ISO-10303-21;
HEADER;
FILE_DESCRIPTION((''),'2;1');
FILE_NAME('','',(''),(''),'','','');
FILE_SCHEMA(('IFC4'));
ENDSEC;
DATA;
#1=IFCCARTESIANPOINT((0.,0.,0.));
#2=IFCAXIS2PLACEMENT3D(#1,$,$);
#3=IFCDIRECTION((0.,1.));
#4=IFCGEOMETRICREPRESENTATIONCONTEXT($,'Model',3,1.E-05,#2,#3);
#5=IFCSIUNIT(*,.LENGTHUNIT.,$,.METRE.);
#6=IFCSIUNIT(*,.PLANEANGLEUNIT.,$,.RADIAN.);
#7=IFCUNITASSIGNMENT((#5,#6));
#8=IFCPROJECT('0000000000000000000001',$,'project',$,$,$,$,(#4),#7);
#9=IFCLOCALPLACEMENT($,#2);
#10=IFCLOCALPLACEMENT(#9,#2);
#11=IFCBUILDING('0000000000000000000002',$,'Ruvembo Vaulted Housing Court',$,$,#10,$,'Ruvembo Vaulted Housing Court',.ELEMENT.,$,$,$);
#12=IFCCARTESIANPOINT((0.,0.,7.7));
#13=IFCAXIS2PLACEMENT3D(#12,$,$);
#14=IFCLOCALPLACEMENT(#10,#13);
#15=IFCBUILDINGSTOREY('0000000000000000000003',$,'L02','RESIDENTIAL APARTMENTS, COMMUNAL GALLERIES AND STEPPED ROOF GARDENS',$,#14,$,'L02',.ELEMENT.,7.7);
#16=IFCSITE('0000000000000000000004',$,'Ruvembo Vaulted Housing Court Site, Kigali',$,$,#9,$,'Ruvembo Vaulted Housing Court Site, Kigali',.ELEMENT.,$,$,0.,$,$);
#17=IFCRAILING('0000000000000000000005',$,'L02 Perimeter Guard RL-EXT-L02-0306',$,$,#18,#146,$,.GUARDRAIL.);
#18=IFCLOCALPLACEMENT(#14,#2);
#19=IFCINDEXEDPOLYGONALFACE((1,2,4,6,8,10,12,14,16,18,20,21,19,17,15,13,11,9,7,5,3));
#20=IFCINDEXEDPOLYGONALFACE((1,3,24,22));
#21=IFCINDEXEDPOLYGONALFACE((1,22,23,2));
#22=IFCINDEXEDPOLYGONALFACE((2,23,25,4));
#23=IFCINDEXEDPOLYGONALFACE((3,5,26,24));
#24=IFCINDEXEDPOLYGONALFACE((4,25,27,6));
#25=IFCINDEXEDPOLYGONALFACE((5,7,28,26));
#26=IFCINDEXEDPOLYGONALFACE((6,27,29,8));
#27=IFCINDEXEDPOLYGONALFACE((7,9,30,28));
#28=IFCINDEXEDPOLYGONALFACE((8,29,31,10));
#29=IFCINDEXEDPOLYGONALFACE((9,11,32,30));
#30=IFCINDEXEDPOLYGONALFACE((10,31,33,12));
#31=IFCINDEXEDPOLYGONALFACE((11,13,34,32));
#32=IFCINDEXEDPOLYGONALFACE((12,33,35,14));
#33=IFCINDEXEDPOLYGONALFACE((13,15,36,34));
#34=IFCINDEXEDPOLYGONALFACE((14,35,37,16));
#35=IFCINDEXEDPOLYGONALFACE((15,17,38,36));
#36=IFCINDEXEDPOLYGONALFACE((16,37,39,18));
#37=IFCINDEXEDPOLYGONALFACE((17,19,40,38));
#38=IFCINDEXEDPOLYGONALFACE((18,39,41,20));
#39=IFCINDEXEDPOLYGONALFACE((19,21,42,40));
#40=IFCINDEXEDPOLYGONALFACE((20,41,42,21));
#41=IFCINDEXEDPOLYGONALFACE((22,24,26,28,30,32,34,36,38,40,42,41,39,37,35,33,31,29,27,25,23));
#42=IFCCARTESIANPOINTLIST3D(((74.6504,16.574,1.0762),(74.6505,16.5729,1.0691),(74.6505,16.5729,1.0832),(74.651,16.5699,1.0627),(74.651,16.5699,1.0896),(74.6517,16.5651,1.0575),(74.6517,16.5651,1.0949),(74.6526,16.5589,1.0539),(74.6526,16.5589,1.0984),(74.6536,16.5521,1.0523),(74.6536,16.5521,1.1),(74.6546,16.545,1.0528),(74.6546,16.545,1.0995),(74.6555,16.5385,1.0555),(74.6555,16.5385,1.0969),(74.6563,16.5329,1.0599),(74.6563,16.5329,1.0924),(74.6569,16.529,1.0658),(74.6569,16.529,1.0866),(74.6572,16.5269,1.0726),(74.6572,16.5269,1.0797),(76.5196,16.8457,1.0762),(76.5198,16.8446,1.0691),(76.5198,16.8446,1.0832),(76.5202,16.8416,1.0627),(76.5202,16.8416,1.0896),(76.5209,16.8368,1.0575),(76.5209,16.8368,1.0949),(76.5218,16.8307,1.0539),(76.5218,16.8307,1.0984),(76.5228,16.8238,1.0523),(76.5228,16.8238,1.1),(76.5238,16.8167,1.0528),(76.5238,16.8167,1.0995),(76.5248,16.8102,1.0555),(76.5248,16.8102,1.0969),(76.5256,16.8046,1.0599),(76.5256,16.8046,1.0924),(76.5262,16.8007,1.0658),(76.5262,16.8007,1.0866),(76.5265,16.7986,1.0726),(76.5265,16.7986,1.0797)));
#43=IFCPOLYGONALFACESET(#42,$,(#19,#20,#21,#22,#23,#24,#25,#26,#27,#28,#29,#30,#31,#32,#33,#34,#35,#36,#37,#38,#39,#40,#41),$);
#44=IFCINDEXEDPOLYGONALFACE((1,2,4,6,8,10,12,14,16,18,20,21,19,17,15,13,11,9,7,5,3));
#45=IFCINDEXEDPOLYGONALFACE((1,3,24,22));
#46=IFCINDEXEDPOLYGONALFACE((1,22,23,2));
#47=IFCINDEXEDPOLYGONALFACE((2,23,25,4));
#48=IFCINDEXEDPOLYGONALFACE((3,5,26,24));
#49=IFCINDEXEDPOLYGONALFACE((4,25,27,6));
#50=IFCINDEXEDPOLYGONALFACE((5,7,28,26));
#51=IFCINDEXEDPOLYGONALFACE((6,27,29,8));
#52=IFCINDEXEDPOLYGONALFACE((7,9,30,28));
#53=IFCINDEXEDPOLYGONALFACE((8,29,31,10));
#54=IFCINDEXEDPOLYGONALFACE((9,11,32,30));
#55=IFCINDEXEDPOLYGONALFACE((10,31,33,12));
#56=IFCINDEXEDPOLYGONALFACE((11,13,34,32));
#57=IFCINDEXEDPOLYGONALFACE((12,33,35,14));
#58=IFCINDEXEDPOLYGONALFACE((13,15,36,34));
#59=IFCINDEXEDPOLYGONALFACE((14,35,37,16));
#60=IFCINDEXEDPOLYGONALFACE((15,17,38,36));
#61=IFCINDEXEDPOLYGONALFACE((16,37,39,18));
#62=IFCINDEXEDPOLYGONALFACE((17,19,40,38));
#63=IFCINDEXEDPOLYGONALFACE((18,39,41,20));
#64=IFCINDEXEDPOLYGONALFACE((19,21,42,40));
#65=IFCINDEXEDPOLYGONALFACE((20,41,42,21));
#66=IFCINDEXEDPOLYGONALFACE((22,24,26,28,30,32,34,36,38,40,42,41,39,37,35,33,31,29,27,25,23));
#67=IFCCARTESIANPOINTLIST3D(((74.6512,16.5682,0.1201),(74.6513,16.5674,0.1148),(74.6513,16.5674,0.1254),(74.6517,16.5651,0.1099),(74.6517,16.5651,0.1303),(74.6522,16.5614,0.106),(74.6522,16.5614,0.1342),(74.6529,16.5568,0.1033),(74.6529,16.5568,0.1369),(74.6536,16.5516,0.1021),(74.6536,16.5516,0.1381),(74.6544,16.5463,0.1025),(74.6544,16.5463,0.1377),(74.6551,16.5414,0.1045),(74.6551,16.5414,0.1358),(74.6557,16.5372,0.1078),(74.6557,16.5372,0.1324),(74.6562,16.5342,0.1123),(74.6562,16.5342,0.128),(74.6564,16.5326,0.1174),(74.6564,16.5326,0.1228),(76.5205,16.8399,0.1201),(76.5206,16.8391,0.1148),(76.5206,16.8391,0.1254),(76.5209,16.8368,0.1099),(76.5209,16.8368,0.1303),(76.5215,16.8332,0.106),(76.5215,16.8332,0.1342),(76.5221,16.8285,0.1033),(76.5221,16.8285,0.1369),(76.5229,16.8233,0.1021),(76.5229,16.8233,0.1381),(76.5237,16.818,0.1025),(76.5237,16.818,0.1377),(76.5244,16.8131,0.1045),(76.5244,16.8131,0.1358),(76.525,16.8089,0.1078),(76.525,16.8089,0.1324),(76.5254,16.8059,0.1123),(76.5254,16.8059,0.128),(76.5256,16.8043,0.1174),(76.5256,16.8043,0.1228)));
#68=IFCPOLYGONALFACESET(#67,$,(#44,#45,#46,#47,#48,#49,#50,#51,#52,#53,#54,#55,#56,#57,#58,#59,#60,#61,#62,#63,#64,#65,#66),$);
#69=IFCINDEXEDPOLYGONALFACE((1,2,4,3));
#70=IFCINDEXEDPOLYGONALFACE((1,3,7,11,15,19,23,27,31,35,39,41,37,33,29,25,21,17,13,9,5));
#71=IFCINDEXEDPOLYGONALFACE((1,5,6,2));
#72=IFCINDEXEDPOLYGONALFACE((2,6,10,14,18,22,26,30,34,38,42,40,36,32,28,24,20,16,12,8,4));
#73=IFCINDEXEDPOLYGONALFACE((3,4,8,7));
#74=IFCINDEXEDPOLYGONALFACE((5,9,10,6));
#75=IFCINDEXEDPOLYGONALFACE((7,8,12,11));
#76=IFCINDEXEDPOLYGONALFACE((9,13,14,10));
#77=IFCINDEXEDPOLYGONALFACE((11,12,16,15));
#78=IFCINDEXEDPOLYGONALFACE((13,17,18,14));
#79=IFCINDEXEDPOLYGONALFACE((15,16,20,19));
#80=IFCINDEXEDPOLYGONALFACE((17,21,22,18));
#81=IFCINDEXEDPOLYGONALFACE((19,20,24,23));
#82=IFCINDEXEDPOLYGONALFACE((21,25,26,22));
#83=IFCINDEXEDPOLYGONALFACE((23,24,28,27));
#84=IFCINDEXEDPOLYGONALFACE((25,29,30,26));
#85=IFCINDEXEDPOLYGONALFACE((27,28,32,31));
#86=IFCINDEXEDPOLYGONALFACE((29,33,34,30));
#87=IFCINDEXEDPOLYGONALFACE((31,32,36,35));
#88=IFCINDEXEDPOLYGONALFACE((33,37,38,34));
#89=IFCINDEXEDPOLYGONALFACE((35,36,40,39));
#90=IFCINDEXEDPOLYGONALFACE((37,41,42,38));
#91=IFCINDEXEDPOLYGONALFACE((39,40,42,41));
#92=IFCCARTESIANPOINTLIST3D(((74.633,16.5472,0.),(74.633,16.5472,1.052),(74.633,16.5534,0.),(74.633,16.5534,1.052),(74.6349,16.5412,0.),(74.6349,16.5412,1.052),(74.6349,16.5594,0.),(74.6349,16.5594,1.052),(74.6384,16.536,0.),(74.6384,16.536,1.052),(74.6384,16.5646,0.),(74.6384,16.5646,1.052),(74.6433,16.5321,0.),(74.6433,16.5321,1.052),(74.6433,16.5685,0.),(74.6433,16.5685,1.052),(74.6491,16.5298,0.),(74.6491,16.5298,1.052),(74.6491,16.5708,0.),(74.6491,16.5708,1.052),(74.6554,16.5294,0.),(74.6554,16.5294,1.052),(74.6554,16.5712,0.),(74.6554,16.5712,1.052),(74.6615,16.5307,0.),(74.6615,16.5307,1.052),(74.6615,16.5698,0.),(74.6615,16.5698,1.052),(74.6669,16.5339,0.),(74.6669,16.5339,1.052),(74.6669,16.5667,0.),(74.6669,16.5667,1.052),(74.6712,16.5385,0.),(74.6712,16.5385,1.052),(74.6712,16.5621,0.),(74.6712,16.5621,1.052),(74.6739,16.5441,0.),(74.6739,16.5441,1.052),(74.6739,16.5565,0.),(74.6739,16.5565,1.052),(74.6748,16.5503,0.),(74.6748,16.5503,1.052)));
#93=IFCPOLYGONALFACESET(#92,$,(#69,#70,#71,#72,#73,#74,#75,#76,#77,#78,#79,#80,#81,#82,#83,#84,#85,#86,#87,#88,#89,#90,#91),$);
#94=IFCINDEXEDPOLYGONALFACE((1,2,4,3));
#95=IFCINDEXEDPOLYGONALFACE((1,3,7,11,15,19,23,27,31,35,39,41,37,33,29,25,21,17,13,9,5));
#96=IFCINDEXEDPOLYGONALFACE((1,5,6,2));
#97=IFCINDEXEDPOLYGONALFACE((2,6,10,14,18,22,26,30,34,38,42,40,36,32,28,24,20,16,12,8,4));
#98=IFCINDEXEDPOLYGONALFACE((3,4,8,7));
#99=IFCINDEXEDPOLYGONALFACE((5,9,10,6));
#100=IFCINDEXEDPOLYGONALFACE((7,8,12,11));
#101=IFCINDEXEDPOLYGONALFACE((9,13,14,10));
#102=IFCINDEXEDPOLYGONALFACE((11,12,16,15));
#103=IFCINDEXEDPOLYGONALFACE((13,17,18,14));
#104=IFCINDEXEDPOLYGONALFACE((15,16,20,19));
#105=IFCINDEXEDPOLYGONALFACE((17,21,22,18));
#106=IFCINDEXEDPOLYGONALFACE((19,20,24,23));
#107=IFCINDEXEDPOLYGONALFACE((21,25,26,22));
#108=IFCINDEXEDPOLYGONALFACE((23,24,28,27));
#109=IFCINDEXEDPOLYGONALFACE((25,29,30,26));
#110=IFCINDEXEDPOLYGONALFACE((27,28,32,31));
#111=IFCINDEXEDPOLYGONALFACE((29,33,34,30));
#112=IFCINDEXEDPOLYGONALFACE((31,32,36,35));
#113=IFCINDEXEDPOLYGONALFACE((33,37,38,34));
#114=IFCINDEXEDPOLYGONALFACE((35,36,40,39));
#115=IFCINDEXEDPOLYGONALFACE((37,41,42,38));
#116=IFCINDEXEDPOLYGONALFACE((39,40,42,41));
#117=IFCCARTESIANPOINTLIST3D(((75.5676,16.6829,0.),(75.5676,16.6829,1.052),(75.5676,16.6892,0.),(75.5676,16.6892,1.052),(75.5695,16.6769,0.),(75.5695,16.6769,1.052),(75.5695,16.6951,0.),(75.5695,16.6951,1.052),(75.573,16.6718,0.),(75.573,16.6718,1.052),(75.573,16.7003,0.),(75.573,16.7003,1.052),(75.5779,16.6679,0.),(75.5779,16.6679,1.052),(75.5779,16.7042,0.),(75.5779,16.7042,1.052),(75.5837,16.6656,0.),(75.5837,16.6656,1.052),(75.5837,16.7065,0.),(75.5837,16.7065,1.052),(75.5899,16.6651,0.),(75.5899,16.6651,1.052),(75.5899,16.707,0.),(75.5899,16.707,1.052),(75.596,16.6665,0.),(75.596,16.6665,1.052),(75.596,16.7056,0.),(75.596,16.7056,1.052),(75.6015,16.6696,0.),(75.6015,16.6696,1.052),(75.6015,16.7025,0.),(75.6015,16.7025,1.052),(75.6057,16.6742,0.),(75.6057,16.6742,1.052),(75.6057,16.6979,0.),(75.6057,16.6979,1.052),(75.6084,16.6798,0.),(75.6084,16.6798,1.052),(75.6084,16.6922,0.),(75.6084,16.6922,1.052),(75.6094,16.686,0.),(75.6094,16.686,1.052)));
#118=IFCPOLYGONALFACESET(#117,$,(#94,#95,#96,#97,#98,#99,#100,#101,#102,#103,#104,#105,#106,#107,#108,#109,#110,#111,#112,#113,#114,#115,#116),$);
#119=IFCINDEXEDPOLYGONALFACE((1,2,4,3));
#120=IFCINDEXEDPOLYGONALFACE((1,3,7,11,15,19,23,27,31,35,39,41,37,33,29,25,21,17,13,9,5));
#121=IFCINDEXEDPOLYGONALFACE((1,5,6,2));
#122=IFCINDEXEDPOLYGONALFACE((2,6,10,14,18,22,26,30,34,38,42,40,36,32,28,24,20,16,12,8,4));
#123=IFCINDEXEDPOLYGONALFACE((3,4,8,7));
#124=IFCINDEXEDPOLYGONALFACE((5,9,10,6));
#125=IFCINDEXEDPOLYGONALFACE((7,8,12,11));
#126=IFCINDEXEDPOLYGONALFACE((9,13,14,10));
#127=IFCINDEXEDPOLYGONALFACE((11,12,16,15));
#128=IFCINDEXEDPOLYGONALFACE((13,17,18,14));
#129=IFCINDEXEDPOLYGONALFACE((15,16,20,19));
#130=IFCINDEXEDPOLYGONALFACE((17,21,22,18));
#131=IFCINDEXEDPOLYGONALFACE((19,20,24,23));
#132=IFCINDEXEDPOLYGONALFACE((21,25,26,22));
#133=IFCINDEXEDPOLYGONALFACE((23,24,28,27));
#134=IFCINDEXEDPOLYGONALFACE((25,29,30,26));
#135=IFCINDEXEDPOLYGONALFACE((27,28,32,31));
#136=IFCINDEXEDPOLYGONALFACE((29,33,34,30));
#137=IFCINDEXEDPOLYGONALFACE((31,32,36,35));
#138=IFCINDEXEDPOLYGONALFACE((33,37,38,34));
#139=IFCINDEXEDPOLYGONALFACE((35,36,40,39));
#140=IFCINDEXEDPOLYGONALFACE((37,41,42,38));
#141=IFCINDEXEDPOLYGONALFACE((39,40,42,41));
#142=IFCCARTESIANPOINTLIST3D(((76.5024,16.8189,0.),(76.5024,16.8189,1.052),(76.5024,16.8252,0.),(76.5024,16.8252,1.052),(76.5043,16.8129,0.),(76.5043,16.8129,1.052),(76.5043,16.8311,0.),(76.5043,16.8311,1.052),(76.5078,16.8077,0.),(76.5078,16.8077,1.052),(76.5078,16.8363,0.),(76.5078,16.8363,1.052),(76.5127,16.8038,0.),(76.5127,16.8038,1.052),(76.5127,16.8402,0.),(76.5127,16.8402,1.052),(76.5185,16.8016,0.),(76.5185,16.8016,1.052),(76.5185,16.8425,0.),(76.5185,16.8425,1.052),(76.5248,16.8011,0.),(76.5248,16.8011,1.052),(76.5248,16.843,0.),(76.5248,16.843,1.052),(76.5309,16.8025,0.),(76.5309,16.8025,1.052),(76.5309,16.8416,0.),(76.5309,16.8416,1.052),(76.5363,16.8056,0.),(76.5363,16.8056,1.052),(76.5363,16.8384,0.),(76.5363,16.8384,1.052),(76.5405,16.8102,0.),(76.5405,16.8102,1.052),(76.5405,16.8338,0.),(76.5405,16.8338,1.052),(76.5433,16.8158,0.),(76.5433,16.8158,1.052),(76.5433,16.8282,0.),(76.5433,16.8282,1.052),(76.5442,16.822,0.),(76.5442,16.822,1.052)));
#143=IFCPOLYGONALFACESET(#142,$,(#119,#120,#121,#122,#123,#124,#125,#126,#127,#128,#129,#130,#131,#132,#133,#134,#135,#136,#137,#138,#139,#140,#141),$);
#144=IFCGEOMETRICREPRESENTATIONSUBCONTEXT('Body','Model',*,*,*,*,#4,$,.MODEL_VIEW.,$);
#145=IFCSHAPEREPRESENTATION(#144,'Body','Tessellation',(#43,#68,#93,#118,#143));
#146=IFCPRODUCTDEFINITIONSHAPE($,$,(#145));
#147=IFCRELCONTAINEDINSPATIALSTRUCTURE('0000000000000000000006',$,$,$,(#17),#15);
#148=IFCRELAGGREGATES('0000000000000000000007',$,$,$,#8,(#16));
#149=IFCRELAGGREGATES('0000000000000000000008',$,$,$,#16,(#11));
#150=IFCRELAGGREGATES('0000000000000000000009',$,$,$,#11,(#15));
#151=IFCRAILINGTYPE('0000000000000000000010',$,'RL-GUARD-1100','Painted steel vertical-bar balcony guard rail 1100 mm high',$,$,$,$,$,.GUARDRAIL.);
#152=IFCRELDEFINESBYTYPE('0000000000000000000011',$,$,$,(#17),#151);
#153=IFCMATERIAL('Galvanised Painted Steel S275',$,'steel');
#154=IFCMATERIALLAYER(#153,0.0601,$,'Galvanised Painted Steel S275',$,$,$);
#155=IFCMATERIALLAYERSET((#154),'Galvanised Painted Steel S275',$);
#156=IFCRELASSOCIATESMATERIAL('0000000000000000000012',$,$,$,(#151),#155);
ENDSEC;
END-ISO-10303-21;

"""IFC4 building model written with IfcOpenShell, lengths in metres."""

from ifc_helpers import new_model, si_unit, direction, frame, origin, origin_2d, place, context, subcontext, project, spatial, circle, extrude, material, layer, layer_set, type_object, element, save


model = new_model("IFC4")

# Units and contexts
model_context = context("Model", 3, precision=1e-05, world=origin(), true_north=direction((0.0, 1.0)))
body_context = subcontext(model_context, "Body", "Model", "MODEL_VIEW")
ifc_project = project(units=[si_unit("LENGTHUNIT", "METRE"), si_unit("PLANEANGLEUNIT", "RADIAN")], contexts=[model_context])

# Site, building, storey
site_placement = place(None, origin())
site = spatial("IfcSite", under=ifc_project, at=site_placement, Name="Ruvembo Vaulted Housing Court Site, Kigali", LongName="Ruvembo Vaulted Housing Court Site, Kigali", CompositionType="ELEMENT", RefElevation=0.0)
building_placement = place(site_placement, origin())
building = spatial("IfcBuilding", under=site, at=building_placement, Name="Ruvembo Vaulted Housing Court", LongName="Ruvembo Vaulted Housing Court", CompositionType="ELEMENT")
storey_placement = place(building_placement, frame((0.0, 0.0, 7.7)))
storey = spatial("IfcBuildingStorey", under=building, at=storey_placement, Name="L02", Description="RESIDENTIAL APARTMENTS, COMMUNAL GALLERIES AND STEPPED ROOF GARDENS", LongName="L02", CompositionType="ELEMENT", Elevation=7.7)

# Railing
ifc_material_1 = material(Name="Galvanised Painted Steel S275", Category="steel")
ifc_layer = layer(ifc_material_1, 0.0601, Name="Galvanised Painted Steel S275")
ifc_layer_set = layer_set([ifc_layer], Name="Galvanised Painted Steel S275")
railing_type = type_object("IfcRailingType", Name="RL-GUARD-1100", Description="Painted steel vertical-bar balcony guard rail 1100 mm high", PredefinedType="GUARDRAIL", material=ifc_layer_set)
railing_1_placement = place(storey_placement, frame((74.6538, 16.5503, 0.0)))
element("IfcRailing", 1, at=railing_1_placement, inside=storey, type_object=railing_type, Name="L02 Perimeter Guard RL-EXT-L02-0306", PredefinedType="GUARDRAIL", context=body_context, shape_type="SweptSolid", body=[
    extrude(circle(Radius=0.0239, at=origin_2d()), frame((0.0, 0.0, 1.0762), z_axis=(0.9896, 0.143845, 0.0), x_axis=(-0.143845, 0.9896, 0.0)), (0.0, 0.0, 1.0), 1.8889),
    extrude(circle(Radius=0.0181, at=origin_2d()), frame((0.0, 0.0, 0.1201), z_axis=(0.9896, 0.143845, 0.0), x_axis=(-0.143845, 0.9896, 0.0)), (0.0, 0.0, 1.0), 1.8889),
    extrude(circle(Radius=0.021, at=origin_2d()), origin(), (0.0, 0.0, 1.0), 1.052),
    extrude(circle(Radius=0.021, at=origin_2d()), frame((0.9346, 0.1357, 0.0)), (0.0, 0.0, 1.0), 1.052),
    extrude(circle(Radius=0.021, at=origin_2d()), frame((1.8694, 0.2717, 0.0)), (0.0, 0.0, 1.0), 1.052),
])

save(model, "model.ifc")
